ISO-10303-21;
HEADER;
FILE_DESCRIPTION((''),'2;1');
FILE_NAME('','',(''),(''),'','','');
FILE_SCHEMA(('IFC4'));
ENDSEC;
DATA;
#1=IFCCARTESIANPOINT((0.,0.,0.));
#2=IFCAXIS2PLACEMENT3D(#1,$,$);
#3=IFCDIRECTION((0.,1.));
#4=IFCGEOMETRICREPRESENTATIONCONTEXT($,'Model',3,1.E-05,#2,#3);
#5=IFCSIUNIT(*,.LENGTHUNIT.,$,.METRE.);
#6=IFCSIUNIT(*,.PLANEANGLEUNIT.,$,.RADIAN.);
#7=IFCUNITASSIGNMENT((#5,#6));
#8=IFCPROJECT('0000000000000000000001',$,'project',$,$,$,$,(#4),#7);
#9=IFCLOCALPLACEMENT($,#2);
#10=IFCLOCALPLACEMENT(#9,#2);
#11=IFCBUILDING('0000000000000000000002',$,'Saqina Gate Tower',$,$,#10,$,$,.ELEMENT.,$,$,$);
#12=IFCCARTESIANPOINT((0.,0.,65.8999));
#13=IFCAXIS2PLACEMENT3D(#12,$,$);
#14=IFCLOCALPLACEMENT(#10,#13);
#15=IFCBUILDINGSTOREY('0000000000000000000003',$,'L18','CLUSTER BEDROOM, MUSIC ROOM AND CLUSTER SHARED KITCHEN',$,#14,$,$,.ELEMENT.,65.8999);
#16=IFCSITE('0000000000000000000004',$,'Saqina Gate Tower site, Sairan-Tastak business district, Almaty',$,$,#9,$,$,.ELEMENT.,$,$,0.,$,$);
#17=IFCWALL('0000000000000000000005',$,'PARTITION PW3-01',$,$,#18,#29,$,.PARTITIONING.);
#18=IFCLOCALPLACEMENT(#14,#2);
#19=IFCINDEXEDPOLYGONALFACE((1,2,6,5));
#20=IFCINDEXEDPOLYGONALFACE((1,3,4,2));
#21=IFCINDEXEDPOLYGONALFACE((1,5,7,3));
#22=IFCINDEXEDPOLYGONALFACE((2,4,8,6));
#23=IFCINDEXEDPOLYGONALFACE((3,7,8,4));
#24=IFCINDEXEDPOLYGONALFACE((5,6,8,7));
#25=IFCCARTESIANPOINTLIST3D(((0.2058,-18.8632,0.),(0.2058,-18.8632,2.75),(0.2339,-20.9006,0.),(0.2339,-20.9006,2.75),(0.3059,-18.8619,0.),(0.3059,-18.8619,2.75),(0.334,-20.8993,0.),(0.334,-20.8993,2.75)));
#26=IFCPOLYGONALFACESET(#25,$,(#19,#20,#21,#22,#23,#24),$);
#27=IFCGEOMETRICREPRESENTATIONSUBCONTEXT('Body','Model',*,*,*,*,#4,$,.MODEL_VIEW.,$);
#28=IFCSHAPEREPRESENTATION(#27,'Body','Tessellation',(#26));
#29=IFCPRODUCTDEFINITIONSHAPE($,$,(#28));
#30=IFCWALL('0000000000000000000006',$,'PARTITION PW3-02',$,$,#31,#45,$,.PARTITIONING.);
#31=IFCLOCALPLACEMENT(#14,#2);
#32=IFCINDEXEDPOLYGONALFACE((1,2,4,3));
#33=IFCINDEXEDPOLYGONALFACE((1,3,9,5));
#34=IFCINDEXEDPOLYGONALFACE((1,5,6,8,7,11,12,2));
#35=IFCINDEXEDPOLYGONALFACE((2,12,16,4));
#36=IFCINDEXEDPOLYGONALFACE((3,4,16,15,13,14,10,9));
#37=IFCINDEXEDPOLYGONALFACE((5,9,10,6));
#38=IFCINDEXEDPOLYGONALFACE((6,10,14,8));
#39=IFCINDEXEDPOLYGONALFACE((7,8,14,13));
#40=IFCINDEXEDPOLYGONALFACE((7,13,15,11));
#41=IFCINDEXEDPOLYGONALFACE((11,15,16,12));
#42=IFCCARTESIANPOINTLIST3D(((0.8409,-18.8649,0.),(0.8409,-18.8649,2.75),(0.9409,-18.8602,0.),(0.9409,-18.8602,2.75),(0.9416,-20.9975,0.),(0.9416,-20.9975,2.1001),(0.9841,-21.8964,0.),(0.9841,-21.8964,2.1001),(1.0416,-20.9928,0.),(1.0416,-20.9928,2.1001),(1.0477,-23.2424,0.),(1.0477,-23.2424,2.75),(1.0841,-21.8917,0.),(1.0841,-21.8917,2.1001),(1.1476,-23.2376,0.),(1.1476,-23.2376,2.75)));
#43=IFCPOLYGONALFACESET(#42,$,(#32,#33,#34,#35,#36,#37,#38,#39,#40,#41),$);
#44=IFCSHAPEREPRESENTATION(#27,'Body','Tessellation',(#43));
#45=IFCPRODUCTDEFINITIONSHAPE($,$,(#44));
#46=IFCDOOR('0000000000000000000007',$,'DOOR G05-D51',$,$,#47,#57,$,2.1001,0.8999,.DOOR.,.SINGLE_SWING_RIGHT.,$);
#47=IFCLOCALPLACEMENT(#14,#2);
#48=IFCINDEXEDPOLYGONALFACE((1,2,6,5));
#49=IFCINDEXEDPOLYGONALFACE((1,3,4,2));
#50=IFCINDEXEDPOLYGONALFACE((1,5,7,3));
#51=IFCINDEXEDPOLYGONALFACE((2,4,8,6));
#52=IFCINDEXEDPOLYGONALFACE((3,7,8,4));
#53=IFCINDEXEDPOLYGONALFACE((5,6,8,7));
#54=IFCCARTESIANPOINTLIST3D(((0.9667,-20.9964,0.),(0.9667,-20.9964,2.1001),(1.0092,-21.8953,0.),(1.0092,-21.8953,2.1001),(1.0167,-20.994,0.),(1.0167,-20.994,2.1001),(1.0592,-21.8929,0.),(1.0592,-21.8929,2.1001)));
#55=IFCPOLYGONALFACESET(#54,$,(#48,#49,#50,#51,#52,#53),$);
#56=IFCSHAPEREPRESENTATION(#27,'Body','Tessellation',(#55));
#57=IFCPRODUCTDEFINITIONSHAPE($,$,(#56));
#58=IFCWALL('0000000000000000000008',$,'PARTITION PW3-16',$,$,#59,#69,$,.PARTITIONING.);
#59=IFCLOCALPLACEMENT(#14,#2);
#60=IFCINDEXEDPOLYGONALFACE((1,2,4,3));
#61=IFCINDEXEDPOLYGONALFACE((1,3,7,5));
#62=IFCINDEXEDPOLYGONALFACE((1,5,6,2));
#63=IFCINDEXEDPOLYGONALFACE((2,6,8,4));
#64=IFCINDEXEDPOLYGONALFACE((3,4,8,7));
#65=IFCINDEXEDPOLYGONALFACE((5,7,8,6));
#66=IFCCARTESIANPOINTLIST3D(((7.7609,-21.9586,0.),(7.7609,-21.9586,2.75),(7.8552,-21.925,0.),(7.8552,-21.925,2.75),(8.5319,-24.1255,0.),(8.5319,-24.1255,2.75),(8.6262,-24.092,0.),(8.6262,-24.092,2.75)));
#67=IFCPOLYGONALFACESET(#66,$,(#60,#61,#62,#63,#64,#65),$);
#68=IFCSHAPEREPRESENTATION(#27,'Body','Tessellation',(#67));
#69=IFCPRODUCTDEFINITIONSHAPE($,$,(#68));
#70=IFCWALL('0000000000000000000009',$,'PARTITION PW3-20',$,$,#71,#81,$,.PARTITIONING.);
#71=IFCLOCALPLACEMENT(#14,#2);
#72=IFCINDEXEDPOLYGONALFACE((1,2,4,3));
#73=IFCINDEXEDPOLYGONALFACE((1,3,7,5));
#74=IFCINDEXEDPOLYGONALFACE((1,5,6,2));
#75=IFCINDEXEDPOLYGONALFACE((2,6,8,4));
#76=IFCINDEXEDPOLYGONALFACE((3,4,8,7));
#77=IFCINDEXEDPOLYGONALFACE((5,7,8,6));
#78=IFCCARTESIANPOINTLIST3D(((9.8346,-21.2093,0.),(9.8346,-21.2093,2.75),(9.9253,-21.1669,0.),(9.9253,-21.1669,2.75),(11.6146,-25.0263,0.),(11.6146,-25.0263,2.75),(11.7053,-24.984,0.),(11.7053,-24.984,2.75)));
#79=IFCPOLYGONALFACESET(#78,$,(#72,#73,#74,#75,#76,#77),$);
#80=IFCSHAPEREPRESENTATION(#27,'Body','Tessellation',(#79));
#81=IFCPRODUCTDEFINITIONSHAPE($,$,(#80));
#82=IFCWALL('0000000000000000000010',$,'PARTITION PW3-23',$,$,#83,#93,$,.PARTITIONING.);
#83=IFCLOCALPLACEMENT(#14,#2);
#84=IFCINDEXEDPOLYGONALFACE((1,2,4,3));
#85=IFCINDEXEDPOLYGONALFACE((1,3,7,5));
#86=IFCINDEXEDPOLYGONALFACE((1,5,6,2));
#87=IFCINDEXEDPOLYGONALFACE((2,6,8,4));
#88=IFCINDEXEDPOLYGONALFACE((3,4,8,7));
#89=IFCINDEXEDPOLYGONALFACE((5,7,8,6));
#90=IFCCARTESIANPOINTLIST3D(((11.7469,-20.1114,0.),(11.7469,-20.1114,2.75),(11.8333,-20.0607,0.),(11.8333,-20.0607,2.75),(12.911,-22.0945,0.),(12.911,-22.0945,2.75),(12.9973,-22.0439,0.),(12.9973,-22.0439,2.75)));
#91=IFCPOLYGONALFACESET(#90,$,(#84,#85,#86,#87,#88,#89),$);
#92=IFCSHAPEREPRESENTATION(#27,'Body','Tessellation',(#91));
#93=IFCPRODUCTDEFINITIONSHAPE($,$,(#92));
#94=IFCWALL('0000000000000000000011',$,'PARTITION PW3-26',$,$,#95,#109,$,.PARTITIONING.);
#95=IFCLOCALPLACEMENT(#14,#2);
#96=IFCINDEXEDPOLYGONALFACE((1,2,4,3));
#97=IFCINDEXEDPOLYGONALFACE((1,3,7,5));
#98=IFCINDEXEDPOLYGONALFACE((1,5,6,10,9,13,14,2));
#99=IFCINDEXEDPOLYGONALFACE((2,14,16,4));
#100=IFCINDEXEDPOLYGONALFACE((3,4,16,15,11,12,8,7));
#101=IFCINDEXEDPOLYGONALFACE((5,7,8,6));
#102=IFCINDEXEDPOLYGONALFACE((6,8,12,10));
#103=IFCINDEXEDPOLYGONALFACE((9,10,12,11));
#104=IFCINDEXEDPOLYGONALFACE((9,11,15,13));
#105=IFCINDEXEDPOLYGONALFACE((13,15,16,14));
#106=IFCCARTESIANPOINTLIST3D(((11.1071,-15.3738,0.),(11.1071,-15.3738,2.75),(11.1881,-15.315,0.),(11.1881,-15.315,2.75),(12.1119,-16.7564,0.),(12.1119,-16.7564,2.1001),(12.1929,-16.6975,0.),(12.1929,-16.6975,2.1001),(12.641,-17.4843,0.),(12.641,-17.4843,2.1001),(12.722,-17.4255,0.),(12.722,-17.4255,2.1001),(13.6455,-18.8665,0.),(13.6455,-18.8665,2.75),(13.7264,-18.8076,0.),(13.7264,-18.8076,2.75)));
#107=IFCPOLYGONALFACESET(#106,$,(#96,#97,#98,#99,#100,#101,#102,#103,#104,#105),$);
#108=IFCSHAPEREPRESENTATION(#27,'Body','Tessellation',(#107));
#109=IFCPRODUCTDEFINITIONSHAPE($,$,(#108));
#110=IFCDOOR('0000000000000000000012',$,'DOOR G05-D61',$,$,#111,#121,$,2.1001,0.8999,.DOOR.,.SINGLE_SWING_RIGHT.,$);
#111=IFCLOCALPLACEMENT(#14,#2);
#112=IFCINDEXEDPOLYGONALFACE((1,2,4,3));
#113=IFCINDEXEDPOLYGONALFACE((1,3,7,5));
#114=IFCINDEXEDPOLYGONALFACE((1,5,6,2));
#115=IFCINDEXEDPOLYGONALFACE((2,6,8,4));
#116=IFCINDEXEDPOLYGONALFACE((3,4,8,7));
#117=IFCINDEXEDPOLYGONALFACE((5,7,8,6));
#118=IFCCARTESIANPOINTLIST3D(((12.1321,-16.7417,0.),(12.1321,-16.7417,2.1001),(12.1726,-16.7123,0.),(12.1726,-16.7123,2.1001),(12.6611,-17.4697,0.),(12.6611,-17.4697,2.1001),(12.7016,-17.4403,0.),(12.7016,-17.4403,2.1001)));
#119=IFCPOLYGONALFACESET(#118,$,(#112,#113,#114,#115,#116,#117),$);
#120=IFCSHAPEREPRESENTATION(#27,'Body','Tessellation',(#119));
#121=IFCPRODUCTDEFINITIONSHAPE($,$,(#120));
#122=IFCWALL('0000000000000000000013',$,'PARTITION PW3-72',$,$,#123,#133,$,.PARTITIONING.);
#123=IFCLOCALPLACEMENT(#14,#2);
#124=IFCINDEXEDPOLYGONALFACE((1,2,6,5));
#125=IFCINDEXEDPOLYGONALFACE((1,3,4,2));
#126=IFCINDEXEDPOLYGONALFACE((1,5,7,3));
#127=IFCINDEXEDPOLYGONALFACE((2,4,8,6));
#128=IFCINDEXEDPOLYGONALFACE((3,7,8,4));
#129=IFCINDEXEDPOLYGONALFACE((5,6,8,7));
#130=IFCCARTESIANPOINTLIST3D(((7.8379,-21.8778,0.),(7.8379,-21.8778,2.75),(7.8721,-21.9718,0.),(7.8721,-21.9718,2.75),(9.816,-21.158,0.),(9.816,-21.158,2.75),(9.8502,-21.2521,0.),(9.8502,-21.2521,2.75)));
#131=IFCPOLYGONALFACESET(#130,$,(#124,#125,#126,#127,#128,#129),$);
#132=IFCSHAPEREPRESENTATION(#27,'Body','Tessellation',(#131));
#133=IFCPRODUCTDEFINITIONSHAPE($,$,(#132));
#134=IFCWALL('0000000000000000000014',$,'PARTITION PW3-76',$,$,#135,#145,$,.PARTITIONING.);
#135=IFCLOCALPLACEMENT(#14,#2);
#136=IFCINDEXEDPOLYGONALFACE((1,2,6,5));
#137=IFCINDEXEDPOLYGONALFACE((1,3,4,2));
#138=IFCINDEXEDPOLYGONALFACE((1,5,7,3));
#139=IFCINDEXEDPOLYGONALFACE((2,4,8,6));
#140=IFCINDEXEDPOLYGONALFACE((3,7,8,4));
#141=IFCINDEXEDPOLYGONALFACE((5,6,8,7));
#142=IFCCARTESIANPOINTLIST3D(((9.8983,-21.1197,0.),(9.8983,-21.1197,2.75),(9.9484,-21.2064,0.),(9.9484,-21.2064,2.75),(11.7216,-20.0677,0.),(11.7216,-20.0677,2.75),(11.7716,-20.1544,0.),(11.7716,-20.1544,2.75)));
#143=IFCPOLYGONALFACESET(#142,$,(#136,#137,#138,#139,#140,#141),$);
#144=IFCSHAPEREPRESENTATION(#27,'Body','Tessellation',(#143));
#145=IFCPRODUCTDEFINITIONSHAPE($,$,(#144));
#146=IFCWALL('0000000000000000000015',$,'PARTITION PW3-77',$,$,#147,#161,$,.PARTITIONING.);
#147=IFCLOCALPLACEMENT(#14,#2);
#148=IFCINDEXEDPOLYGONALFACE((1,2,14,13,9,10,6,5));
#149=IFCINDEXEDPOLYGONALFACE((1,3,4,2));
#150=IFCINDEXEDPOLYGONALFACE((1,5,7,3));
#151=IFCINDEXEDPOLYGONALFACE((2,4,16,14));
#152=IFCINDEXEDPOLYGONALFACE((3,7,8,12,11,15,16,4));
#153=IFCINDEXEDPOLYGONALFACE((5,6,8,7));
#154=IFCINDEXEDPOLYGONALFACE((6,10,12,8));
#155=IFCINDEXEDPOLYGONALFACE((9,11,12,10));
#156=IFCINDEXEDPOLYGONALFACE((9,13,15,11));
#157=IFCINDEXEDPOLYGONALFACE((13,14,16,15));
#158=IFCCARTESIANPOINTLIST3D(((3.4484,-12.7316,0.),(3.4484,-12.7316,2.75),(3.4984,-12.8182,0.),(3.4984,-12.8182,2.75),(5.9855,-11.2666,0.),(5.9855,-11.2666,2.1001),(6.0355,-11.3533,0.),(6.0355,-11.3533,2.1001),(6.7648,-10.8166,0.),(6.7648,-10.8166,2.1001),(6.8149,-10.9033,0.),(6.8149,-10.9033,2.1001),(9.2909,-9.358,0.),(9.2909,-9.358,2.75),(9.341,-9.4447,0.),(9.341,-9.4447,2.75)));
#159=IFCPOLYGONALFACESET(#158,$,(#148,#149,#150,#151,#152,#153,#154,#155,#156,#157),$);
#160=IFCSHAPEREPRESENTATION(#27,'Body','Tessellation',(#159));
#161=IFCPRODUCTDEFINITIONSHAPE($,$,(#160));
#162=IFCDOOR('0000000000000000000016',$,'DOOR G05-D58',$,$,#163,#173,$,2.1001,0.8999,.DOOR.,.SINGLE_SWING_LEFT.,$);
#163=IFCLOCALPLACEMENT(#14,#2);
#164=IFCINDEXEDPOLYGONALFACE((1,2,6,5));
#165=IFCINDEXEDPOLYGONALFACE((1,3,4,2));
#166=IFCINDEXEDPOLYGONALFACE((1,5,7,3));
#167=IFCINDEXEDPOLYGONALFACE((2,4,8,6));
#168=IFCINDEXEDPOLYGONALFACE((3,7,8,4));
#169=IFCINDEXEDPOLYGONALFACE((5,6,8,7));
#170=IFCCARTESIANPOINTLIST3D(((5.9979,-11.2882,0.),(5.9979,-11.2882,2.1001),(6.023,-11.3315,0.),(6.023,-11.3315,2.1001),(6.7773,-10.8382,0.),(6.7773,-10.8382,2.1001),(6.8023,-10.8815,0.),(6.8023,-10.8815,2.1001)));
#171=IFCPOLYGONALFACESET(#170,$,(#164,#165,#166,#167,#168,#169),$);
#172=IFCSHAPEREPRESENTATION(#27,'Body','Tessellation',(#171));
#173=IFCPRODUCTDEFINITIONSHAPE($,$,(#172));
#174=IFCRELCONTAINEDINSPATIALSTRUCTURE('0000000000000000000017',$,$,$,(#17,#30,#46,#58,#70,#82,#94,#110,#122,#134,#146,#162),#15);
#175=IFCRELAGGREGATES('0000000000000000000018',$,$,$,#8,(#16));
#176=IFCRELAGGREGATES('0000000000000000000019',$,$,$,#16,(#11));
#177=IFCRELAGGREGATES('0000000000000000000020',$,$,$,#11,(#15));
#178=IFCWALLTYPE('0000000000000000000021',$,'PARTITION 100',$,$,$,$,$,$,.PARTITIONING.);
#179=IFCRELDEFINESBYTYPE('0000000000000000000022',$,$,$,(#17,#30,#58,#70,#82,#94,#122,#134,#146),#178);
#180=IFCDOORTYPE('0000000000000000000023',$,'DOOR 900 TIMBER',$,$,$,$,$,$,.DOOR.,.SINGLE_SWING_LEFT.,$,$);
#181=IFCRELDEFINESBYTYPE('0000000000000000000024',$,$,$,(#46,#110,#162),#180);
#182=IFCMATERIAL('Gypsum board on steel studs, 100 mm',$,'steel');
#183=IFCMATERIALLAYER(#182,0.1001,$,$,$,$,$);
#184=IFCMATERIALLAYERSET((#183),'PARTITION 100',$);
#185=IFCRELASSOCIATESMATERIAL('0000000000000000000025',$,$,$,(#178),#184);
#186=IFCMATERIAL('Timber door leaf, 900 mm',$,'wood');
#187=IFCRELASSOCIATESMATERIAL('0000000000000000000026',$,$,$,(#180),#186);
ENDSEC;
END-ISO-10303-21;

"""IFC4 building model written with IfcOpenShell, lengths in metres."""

from ifc_helpers import new_model, si_unit, direction, frame, frame_2d, origin, place, context, subcontext, project, spatial, rectangle, extrude, material, layer, layer_set, type_object, element, fill, save


model = new_model("IFC4")

# Units and contexts
model_context = context("Model", 3, precision=1e-05, world=origin(), true_north=direction((0.0, 1.0)))
body_context = subcontext(model_context, "Body", "Model", "MODEL_VIEW")
ifc_project = project(units=[si_unit("LENGTHUNIT", "METRE"), si_unit("PLANEANGLEUNIT", "RADIAN")], contexts=[model_context])

# Site, building, storey
site_placement = place(None, origin())
site = spatial("IfcSite", under=ifc_project, at=site_placement, Name="Saqina Gate Tower site, Sairan-Tastak business district, Almaty", CompositionType="ELEMENT", RefElevation=0.0)
building_placement = place(site_placement, origin())
building = spatial("IfcBuilding", under=site, at=building_placement, Name="Saqina Gate Tower", CompositionType="ELEMENT")
storey_placement = place(building_placement, frame((0.0, 0.0, 65.8999)))
storey = spatial("IfcBuildingStorey", under=building, at=storey_placement, Name="L18", Description="CLUSTER BEDROOM, MUSIC ROOM AND CLUSTER SHARED KITCHEN", CompositionType="ELEMENT", Elevation=65.8999)

# Wall
ifc_material_1 = material(Name="Gypsum board on steel studs, 100 mm", Category="steel")
ifc_layer_1 = layer(ifc_material_1, 0.1001)
ifc_layer_set_1 = layer_set([ifc_layer_1], Name="PARTITION 100")
wall_type_1 = type_object("IfcWallType", Name="PARTITION 100", PredefinedType="PARTITIONING", material=ifc_layer_set_1)
wall_1_placement = place(storey_placement, frame((0.2559, -18.8625, 0.0), z_axis=(0.0, 0.0, 1.0), x_axis=(0.013779, -0.999905, 0.0)))
element("IfcWall", 1, at=wall_1_placement, inside=storey, type_object=wall_type_1, Name="PARTITION PW3-01", PredefinedType="PARTITIONING", context=body_context, shape_type="SweptSolid", body=[
    extrude(rectangle(XDim=2.0376, YDim=0.1001, at=frame_2d((1.0188, 0.0))), origin(), (0.0, 0.0, 1.0), 2.75),
])

# Wall, opening, door
wall_2_placement = place(storey_placement, frame((0.8909, -18.8625, 0.0), z_axis=(0.0, 0.0, 1.0), x_axis=(0.047187, -0.998886, 0.0)))
wall_2 = element("IfcWall", 2, at=wall_2_placement, inside=storey, type_object=wall_type_1, Name="PARTITION PW3-02", PredefinedType="PARTITIONING", context=body_context, shape_type="SweptSolid", body=[
    extrude(rectangle(XDim=4.3823, YDim=0.1001, at=frame_2d((2.1912, 0.0))), origin(), (0.0, 0.0, 1.0), 2.75),
])
opening_1_placement = place(wall_2_placement, frame((2.135, 0.0, 0.0)))
opening_1 = element("IfcOpeningElement", 3, at=opening_1_placement, cuts=wall_2, PredefinedType="OPENING", context=body_context, shape_type="SweptSolid", body=[
    extrude(rectangle(XDim=0.8999, YDim=2.1001, at=frame_2d((0.45, 1.05))), frame((0.0, 0.062, 0.0), z_axis=(0.0, -1.0, 0.0), x_axis=(1.0, 0.0, 0.0)), (0.0, 0.0, 1.0), 0.124),
])
ifc_material_2 = material(Name="Timber door leaf, 900 mm", Category="wood")
door_type_1 = type_object("IfcDoorType", Name="DOOR 900 TIMBER", OperationType="SINGLE_SWING_LEFT", PredefinedType="DOOR", material=ifc_material_2)
door_1_placement = place(opening_1_placement, frame((0.8999, 0.0, 0.0), z_axis=(0.0, 0.0, 1.0), x_axis=(-1.0, 0.0, 0.0)))
door_1 = element("IfcDoor", 4, at=door_1_placement, inside=storey, type_object=door_type_1, Name="DOOR G05-D51", OperationType="SINGLE_SWING_RIGHT", OverallHeight=2.1001, OverallWidth=0.8999, PredefinedType="DOOR", context=body_context, shape_type="SweptSolid", body=[
    extrude(rectangle(XDim=0.8999, YDim=2.1001, at=frame_2d((0.45, 1.05))), frame((0.0, 0.0249, 0.0), z_axis=(0.0, -1.0, 0.0), x_axis=(1.0, 0.0, 0.0)), (0.0, 0.0, 1.0), 0.05),
])
fill(opening_1, door_1)

# Walls
wall_3_placement = place(storey_placement, frame((7.8081, -21.9419, 0.0), z_axis=(0.0, 0.0, 1.0), x_axis=(0.335207, -0.942145, 0.0)))
element("IfcWall", 5, at=wall_3_placement, inside=storey, type_object=wall_type_1, Name="PARTITION PW3-16", PredefinedType="PARTITIONING", context=body_context, shape_type="SweptSolid", body=[
    extrude(rectangle(XDim=2.3, YDim=0.1001, at=frame_2d((1.1499, 0.0))), origin(), (0.0, 0.0, 1.0), 2.75),
])
wall_4_placement = place(storey_placement, frame((9.8799, -21.188, 0.0), z_axis=(0.0, 0.0, 1.0), x_axis=(0.422632, -0.906302, 0.0)))
element("IfcWall", 6, at=wall_4_placement, inside=storey, type_object=wall_type_1, Name="PARTITION PW3-20", PredefinedType="PARTITIONING", context=body_context, shape_type="SweptSolid", body=[
    extrude(rectangle(XDim=4.2117, YDim=0.1001, at=frame_2d((2.106, 0.0))), origin(), (0.0, 0.0, 1.0), 2.75),
])
wall_5_placement = place(storey_placement, frame((11.79, -20.0859, 0.0), z_axis=(0.0, 0.0, 1.0), x_axis=(0.506213, -0.862409, 0.0)))
element("IfcWall", 7, at=wall_5_placement, inside=storey, type_object=wall_type_1, Name="PARTITION PW3-23", PredefinedType="PARTITIONING", context=body_context, shape_type="SweptSolid", body=[
    extrude(rectangle(XDim=2.2996, YDim=0.1001, at=frame_2d((1.1499, 0.0))), origin(), (0.0, 0.0, 1.0), 2.75),
])

# Wall, opening, door
wall_6_placement = place(storey_placement, frame((11.1477, -15.3445, 0.0), z_axis=(0.0, 0.0, 1.0), x_axis=(0.587899, -0.808934, 0.0)))
wall_6 = element("IfcWall", 8, at=wall_6_placement, inside=storey, type_object=wall_type_1, Name="PARTITION PW3-26", PredefinedType="PARTITIONING", context=body_context, shape_type="SweptSolid", body=[
    extrude(rectangle(XDim=4.3176, YDim=0.1001, at=frame_2d((2.1587, 0.0))), origin(), (0.0, 0.0, 1.0), 2.75),
])
opening_2_placement = place(wall_6_placement, frame((1.709, 0.0, 0.0)))
opening_2 = element("IfcOpeningElement", 9, at=opening_2_placement, cuts=wall_6, PredefinedType="OPENING", context=body_context, shape_type="SweptSolid", body=[
    extrude(rectangle(XDim=0.8999, YDim=2.1001, at=frame_2d((0.45, 1.05))), frame((0.0, 0.062, 0.0), z_axis=(0.0, -1.0, 0.0), x_axis=(1.0, 0.0, 0.0)), (0.0, 0.0, 1.0), 0.124),
])
door_2_placement = place(opening_2_placement, origin())
door_2 = element("IfcDoor", 10, at=door_2_placement, inside=storey, type_object=door_type_1, Name="DOOR G05-D61", OperationType="SINGLE_SWING_RIGHT", OverallHeight=2.1001, OverallWidth=0.8999, PredefinedType="DOOR", context=body_context, shape_type="SweptSolid", body=[
    extrude(rectangle(XDim=0.8999, YDim=2.1001, at=frame_2d((0.45, 1.05))), frame((0.0, 0.0249, 0.0), z_axis=(0.0, -1.0, 0.0), x_axis=(1.0, 0.0, 0.0)), (0.0, 0.0, 1.0), 0.05),
])
fill(opening_2, door_2)

# Walls
for number, where, z_axis, x_axis, name in (
    (11, (7.855, -21.9248, 0.0), (0.0, 0.0, 1.0), (0.939726, 0.341929, 0.0), "PARTITION PW3-72"),
    (12, (9.9233, -21.1631, 0.0), (0.0, 0.0, 1.0), (0.866159, 0.499769, 0.0), "PARTITION PW3-76"),
):
    element("IfcWall", number, at=place(storey_placement, frame(where, z_axis=z_axis, x_axis=x_axis)), inside=storey, type_object=wall_type_1, Name=name, PredefinedType="PARTITIONING", context=body_context, shape_type="SweptSolid", body=[
        extrude(rectangle(XDim=2.105, YDim=0.1001, at=frame_2d((1.0525, 0.0))), origin(), (0.0, 0.0, 1.0), 2.75),
    ])

# Wall, opening, door
wall_7_placement = place(storey_placement, frame((3.4734, -12.7749, 0.0), z_axis=(0.0, 0.0, 1.0), x_axis=(0.866003, 0.500039, 0.0)))
wall_7 = element("IfcWall", 13, at=wall_7_placement, inside=storey, type_object=wall_type_1, Name="PARTITION PW3-77", PredefinedType="PARTITIONING", context=body_context, shape_type="SweptSolid", body=[
    extrude(rectangle(XDim=6.7466, YDim=0.1001, at=frame_2d((3.3733, 0.0))), origin(), (0.0, 0.0, 1.0), 2.75),
])
opening_3_placement = place(wall_7_placement, frame((2.9297, 0.0, 0.0)))
opening_3 = element("IfcOpeningElement", 14, at=opening_3_placement, cuts=wall_7, PredefinedType="OPENING", context=body_context, shape_type="SweptSolid", body=[
    extrude(rectangle(XDim=0.8999, YDim=2.1001, at=frame_2d((0.45, 1.05))), frame((0.0, 0.062, 0.0), z_axis=(0.0, -1.0, 0.0), x_axis=(1.0, 0.0, 0.0)), (0.0, 0.0, 1.0), 0.124),
])
door_3_placement = place(opening_3_placement, frame((0.8999, 0.0, 0.0), z_axis=(0.0, 0.0, 1.0), x_axis=(-1.0, 0.0, 0.0)))
door_3 = element("IfcDoor", 15, at=door_3_placement, inside=storey, type_object=door_type_1, Name="DOOR G05-D58", OperationType="SINGLE_SWING_LEFT", OverallHeight=2.1001, OverallWidth=0.8999, PredefinedType="DOOR", context=body_context, shape_type="SweptSolid", body=[
    extrude(rectangle(XDim=0.8999, YDim=2.1001, at=frame_2d((0.45, 1.05))), frame((0.0, 0.0249, 0.0), z_axis=(0.0, -1.0, 0.0), x_axis=(1.0, 0.0, 0.0)), (0.0, 0.0, 1.0), 0.05),
])
fill(opening_3, door_3)

save(model, "model.ifc")
